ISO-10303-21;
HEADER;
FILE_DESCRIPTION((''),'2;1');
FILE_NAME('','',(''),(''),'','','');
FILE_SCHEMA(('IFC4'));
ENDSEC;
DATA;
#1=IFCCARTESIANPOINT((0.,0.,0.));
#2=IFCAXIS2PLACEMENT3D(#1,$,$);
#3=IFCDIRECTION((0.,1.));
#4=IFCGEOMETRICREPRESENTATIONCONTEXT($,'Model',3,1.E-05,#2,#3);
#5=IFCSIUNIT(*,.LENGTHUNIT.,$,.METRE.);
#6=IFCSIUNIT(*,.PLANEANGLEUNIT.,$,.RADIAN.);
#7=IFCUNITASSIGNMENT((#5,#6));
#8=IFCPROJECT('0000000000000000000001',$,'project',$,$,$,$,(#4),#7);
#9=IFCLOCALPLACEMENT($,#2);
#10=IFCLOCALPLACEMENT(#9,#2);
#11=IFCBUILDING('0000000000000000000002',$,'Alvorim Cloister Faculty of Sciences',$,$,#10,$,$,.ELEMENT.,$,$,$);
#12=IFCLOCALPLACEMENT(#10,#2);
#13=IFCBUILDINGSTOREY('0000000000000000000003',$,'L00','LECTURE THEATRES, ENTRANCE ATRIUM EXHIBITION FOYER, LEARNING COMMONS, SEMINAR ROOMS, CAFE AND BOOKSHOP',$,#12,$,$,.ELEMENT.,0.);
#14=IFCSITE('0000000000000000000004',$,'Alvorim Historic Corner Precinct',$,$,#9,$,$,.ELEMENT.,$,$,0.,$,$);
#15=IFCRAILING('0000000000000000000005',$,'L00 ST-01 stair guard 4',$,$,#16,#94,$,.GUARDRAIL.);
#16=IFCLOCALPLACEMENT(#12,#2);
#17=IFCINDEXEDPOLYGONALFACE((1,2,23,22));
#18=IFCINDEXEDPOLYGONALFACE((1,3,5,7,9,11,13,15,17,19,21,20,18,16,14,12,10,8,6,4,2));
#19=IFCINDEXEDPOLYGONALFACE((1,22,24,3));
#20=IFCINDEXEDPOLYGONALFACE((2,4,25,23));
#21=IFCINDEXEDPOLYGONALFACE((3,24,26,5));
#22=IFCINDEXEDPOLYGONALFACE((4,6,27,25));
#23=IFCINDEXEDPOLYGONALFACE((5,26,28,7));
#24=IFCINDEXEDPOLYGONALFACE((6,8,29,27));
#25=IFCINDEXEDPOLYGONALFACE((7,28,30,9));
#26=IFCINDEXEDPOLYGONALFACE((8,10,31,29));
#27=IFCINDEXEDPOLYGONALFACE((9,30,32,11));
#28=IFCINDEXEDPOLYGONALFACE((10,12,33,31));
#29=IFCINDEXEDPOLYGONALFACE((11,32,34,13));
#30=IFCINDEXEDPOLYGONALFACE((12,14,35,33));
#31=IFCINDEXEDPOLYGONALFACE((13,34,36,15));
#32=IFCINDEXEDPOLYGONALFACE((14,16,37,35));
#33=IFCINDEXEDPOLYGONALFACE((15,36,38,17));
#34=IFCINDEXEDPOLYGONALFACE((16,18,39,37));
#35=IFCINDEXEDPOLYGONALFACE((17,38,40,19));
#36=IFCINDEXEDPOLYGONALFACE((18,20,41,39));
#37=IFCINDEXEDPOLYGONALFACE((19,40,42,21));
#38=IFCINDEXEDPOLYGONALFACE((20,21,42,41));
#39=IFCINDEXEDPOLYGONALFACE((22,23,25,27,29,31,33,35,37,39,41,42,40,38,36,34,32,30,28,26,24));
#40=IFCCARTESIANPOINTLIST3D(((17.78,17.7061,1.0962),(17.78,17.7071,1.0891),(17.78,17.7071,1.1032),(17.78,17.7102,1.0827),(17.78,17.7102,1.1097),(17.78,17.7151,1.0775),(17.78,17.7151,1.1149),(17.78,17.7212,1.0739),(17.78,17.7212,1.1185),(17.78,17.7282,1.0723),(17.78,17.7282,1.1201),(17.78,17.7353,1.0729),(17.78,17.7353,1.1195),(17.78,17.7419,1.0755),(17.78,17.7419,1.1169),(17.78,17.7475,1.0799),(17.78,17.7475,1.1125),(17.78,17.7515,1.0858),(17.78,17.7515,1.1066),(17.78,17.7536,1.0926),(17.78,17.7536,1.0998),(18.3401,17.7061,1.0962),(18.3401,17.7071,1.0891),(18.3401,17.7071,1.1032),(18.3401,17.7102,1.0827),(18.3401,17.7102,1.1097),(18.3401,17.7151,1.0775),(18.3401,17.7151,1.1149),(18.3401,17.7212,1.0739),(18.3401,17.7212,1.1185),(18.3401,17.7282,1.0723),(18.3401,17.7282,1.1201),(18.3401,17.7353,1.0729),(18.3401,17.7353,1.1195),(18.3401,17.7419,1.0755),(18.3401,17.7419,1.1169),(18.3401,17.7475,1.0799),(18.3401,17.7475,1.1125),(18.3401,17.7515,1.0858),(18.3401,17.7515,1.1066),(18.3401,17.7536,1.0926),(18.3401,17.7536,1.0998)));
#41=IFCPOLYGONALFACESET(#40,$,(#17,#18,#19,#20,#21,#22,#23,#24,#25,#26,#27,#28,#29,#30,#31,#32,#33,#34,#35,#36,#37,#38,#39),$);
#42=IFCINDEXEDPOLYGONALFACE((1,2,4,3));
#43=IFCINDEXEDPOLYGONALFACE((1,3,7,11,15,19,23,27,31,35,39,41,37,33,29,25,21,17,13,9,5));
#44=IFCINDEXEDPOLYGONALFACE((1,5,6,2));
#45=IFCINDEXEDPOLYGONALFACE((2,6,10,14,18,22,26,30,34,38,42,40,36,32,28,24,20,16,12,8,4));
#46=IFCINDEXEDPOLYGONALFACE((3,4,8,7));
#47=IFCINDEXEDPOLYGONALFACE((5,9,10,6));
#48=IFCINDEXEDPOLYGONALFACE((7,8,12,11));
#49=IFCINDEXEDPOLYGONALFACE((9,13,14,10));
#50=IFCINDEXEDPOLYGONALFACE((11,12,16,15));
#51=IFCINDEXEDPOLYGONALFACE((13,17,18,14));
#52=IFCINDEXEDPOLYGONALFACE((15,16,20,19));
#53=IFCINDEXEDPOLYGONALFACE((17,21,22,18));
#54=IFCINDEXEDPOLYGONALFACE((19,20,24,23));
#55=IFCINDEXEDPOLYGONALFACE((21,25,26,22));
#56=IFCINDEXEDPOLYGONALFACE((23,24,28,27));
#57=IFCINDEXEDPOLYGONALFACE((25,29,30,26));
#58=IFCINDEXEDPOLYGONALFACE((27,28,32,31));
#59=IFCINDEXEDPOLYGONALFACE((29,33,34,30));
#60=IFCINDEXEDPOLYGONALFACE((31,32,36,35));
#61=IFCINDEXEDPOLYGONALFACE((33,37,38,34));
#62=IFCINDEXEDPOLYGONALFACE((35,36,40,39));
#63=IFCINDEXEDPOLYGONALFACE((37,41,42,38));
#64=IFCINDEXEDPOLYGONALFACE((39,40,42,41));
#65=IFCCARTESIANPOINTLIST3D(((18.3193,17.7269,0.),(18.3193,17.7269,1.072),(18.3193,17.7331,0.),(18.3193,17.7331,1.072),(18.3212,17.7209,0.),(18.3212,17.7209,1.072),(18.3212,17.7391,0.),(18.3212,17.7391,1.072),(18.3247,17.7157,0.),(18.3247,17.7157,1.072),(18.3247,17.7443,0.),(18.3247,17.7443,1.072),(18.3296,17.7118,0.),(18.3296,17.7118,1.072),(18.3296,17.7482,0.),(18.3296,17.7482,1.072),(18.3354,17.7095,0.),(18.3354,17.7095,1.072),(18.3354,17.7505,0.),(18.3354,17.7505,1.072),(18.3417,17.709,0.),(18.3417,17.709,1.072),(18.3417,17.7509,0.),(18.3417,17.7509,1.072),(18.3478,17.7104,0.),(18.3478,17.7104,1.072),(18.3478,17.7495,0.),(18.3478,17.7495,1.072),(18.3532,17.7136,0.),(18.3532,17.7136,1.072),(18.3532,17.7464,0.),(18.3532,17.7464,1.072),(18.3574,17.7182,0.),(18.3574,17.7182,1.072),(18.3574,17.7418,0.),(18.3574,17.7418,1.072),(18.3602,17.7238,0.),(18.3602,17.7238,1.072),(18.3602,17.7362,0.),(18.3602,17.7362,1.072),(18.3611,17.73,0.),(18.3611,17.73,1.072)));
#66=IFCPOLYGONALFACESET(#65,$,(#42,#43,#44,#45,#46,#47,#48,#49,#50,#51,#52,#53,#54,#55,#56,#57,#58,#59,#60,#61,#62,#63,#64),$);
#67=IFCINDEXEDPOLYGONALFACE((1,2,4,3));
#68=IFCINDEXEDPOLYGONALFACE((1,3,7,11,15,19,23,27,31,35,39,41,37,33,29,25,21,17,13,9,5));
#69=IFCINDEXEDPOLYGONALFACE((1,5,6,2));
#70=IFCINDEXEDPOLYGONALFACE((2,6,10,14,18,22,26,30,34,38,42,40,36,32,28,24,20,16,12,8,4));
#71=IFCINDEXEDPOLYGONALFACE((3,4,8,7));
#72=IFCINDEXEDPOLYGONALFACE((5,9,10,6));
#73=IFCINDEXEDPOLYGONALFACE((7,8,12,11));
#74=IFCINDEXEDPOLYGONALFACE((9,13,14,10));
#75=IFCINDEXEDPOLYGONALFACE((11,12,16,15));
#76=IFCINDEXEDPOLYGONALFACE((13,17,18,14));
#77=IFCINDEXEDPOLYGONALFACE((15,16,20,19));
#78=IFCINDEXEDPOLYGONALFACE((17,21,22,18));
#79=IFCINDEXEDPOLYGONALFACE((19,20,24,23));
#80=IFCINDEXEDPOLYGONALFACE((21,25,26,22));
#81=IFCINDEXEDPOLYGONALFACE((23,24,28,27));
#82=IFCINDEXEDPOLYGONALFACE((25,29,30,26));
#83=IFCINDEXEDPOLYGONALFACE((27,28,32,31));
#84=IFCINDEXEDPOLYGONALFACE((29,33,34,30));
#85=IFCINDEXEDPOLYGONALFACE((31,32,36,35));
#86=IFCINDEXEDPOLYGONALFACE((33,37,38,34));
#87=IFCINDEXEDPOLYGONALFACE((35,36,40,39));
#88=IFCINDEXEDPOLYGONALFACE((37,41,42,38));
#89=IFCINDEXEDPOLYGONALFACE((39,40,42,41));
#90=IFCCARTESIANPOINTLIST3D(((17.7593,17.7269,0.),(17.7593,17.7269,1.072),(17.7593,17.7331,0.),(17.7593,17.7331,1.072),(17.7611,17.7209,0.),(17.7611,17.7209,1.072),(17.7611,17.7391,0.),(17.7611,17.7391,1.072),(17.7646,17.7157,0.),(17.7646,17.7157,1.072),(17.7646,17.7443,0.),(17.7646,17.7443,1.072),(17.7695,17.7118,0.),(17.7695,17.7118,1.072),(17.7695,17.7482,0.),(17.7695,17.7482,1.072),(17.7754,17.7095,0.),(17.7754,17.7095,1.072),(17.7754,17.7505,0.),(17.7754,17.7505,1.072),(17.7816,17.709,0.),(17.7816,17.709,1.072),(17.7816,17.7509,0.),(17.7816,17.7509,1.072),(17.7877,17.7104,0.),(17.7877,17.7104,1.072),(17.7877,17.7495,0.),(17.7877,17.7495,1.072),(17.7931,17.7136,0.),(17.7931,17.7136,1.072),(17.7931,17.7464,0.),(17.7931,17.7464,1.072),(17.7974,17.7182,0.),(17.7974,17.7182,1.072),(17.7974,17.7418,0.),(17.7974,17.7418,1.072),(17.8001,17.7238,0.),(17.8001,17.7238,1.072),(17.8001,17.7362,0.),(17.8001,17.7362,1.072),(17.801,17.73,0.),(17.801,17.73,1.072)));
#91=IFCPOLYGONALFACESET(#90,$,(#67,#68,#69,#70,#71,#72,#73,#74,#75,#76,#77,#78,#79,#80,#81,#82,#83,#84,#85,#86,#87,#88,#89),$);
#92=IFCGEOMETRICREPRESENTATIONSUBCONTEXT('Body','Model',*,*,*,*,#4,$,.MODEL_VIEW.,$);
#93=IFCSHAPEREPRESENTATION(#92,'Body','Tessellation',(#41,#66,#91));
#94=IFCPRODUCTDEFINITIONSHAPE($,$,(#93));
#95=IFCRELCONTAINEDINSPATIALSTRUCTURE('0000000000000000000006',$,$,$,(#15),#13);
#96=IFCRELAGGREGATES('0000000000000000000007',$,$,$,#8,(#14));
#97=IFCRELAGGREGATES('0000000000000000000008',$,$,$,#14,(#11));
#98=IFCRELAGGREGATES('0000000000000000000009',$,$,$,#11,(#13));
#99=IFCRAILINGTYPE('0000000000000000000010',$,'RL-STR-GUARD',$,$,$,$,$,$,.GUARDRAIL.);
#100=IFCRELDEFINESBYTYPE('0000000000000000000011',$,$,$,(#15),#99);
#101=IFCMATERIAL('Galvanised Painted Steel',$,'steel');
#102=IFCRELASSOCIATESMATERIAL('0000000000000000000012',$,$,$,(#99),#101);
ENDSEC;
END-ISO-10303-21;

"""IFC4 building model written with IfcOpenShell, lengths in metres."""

from ifc_helpers import new_model, si_unit, direction, frame, origin, origin_2d, place, context, subcontext, project, spatial, circle, extrude, material, type_object, element, save


model = new_model("IFC4")

# Units and contexts
model_context = context("Model", 3, precision=1e-05, world=origin(), true_north=direction((0.0, 1.0)))
body_context = subcontext(model_context, "Body", "Model", "MODEL_VIEW")
ifc_project = project(units=[si_unit("LENGTHUNIT", "METRE"), si_unit("PLANEANGLEUNIT", "RADIAN")], contexts=[model_context])

# Site, building, storey
site_placement = place(None, origin())
site = spatial("IfcSite", under=ifc_project, at=site_placement, Name="Alvorim Historic Corner Precinct", CompositionType="ELEMENT", RefElevation=0.0)
building_placement = place(site_placement, origin())
building = spatial("IfcBuilding", under=site, at=building_placement, Name="Alvorim Cloister Faculty of Sciences", CompositionType="ELEMENT")
storey_placement = place(building_placement, origin())
storey = spatial("IfcBuildingStorey", under=building, at=storey_placement, Name="L00", Description="LECTURE THEATRES, ENTRANCE ATRIUM EXHIBITION FOYER, LEARNING COMMONS, SEMINAR ROOMS, CAFE AND BOOKSHOP", CompositionType="ELEMENT", Elevation=0.0)

# Railing
ifc_material_1 = material(Name="Galvanised Painted Steel", Category="steel")
railing_type_1 = type_object("IfcRailingType", Name="RL-STR-GUARD", PredefinedType="GUARDRAIL", material=ifc_material_1)
railing_1_placement = place(storey_placement, frame((18.3401, 17.73, 0.0)))
element("IfcRailing", 1, at=railing_1_placement, inside=storey, type_object=railing_type_1, Name="L00 ST-01 stair guard 4", PredefinedType="GUARDRAIL", context=body_context, shape_type="SweptSolid", body=[
    extrude(circle(Radius=0.0239, at=origin_2d()), frame((0.0, 0.0, 1.0962), z_axis=(-1.0, 0.0, 0.0), x_axis=(0.0, -1.0, 0.0)), (0.0, 0.0, 1.0), 0.5601),
    extrude(circle(Radius=0.021, at=origin_2d()), origin(), (0.0, 0.0, 1.0), 1.072),
    extrude(circle(Radius=0.021, at=origin_2d()), frame((-0.5601, 0.0, 0.0)), (0.0, 0.0, 1.0), 1.072),
])

save(model, "model.ifc")
